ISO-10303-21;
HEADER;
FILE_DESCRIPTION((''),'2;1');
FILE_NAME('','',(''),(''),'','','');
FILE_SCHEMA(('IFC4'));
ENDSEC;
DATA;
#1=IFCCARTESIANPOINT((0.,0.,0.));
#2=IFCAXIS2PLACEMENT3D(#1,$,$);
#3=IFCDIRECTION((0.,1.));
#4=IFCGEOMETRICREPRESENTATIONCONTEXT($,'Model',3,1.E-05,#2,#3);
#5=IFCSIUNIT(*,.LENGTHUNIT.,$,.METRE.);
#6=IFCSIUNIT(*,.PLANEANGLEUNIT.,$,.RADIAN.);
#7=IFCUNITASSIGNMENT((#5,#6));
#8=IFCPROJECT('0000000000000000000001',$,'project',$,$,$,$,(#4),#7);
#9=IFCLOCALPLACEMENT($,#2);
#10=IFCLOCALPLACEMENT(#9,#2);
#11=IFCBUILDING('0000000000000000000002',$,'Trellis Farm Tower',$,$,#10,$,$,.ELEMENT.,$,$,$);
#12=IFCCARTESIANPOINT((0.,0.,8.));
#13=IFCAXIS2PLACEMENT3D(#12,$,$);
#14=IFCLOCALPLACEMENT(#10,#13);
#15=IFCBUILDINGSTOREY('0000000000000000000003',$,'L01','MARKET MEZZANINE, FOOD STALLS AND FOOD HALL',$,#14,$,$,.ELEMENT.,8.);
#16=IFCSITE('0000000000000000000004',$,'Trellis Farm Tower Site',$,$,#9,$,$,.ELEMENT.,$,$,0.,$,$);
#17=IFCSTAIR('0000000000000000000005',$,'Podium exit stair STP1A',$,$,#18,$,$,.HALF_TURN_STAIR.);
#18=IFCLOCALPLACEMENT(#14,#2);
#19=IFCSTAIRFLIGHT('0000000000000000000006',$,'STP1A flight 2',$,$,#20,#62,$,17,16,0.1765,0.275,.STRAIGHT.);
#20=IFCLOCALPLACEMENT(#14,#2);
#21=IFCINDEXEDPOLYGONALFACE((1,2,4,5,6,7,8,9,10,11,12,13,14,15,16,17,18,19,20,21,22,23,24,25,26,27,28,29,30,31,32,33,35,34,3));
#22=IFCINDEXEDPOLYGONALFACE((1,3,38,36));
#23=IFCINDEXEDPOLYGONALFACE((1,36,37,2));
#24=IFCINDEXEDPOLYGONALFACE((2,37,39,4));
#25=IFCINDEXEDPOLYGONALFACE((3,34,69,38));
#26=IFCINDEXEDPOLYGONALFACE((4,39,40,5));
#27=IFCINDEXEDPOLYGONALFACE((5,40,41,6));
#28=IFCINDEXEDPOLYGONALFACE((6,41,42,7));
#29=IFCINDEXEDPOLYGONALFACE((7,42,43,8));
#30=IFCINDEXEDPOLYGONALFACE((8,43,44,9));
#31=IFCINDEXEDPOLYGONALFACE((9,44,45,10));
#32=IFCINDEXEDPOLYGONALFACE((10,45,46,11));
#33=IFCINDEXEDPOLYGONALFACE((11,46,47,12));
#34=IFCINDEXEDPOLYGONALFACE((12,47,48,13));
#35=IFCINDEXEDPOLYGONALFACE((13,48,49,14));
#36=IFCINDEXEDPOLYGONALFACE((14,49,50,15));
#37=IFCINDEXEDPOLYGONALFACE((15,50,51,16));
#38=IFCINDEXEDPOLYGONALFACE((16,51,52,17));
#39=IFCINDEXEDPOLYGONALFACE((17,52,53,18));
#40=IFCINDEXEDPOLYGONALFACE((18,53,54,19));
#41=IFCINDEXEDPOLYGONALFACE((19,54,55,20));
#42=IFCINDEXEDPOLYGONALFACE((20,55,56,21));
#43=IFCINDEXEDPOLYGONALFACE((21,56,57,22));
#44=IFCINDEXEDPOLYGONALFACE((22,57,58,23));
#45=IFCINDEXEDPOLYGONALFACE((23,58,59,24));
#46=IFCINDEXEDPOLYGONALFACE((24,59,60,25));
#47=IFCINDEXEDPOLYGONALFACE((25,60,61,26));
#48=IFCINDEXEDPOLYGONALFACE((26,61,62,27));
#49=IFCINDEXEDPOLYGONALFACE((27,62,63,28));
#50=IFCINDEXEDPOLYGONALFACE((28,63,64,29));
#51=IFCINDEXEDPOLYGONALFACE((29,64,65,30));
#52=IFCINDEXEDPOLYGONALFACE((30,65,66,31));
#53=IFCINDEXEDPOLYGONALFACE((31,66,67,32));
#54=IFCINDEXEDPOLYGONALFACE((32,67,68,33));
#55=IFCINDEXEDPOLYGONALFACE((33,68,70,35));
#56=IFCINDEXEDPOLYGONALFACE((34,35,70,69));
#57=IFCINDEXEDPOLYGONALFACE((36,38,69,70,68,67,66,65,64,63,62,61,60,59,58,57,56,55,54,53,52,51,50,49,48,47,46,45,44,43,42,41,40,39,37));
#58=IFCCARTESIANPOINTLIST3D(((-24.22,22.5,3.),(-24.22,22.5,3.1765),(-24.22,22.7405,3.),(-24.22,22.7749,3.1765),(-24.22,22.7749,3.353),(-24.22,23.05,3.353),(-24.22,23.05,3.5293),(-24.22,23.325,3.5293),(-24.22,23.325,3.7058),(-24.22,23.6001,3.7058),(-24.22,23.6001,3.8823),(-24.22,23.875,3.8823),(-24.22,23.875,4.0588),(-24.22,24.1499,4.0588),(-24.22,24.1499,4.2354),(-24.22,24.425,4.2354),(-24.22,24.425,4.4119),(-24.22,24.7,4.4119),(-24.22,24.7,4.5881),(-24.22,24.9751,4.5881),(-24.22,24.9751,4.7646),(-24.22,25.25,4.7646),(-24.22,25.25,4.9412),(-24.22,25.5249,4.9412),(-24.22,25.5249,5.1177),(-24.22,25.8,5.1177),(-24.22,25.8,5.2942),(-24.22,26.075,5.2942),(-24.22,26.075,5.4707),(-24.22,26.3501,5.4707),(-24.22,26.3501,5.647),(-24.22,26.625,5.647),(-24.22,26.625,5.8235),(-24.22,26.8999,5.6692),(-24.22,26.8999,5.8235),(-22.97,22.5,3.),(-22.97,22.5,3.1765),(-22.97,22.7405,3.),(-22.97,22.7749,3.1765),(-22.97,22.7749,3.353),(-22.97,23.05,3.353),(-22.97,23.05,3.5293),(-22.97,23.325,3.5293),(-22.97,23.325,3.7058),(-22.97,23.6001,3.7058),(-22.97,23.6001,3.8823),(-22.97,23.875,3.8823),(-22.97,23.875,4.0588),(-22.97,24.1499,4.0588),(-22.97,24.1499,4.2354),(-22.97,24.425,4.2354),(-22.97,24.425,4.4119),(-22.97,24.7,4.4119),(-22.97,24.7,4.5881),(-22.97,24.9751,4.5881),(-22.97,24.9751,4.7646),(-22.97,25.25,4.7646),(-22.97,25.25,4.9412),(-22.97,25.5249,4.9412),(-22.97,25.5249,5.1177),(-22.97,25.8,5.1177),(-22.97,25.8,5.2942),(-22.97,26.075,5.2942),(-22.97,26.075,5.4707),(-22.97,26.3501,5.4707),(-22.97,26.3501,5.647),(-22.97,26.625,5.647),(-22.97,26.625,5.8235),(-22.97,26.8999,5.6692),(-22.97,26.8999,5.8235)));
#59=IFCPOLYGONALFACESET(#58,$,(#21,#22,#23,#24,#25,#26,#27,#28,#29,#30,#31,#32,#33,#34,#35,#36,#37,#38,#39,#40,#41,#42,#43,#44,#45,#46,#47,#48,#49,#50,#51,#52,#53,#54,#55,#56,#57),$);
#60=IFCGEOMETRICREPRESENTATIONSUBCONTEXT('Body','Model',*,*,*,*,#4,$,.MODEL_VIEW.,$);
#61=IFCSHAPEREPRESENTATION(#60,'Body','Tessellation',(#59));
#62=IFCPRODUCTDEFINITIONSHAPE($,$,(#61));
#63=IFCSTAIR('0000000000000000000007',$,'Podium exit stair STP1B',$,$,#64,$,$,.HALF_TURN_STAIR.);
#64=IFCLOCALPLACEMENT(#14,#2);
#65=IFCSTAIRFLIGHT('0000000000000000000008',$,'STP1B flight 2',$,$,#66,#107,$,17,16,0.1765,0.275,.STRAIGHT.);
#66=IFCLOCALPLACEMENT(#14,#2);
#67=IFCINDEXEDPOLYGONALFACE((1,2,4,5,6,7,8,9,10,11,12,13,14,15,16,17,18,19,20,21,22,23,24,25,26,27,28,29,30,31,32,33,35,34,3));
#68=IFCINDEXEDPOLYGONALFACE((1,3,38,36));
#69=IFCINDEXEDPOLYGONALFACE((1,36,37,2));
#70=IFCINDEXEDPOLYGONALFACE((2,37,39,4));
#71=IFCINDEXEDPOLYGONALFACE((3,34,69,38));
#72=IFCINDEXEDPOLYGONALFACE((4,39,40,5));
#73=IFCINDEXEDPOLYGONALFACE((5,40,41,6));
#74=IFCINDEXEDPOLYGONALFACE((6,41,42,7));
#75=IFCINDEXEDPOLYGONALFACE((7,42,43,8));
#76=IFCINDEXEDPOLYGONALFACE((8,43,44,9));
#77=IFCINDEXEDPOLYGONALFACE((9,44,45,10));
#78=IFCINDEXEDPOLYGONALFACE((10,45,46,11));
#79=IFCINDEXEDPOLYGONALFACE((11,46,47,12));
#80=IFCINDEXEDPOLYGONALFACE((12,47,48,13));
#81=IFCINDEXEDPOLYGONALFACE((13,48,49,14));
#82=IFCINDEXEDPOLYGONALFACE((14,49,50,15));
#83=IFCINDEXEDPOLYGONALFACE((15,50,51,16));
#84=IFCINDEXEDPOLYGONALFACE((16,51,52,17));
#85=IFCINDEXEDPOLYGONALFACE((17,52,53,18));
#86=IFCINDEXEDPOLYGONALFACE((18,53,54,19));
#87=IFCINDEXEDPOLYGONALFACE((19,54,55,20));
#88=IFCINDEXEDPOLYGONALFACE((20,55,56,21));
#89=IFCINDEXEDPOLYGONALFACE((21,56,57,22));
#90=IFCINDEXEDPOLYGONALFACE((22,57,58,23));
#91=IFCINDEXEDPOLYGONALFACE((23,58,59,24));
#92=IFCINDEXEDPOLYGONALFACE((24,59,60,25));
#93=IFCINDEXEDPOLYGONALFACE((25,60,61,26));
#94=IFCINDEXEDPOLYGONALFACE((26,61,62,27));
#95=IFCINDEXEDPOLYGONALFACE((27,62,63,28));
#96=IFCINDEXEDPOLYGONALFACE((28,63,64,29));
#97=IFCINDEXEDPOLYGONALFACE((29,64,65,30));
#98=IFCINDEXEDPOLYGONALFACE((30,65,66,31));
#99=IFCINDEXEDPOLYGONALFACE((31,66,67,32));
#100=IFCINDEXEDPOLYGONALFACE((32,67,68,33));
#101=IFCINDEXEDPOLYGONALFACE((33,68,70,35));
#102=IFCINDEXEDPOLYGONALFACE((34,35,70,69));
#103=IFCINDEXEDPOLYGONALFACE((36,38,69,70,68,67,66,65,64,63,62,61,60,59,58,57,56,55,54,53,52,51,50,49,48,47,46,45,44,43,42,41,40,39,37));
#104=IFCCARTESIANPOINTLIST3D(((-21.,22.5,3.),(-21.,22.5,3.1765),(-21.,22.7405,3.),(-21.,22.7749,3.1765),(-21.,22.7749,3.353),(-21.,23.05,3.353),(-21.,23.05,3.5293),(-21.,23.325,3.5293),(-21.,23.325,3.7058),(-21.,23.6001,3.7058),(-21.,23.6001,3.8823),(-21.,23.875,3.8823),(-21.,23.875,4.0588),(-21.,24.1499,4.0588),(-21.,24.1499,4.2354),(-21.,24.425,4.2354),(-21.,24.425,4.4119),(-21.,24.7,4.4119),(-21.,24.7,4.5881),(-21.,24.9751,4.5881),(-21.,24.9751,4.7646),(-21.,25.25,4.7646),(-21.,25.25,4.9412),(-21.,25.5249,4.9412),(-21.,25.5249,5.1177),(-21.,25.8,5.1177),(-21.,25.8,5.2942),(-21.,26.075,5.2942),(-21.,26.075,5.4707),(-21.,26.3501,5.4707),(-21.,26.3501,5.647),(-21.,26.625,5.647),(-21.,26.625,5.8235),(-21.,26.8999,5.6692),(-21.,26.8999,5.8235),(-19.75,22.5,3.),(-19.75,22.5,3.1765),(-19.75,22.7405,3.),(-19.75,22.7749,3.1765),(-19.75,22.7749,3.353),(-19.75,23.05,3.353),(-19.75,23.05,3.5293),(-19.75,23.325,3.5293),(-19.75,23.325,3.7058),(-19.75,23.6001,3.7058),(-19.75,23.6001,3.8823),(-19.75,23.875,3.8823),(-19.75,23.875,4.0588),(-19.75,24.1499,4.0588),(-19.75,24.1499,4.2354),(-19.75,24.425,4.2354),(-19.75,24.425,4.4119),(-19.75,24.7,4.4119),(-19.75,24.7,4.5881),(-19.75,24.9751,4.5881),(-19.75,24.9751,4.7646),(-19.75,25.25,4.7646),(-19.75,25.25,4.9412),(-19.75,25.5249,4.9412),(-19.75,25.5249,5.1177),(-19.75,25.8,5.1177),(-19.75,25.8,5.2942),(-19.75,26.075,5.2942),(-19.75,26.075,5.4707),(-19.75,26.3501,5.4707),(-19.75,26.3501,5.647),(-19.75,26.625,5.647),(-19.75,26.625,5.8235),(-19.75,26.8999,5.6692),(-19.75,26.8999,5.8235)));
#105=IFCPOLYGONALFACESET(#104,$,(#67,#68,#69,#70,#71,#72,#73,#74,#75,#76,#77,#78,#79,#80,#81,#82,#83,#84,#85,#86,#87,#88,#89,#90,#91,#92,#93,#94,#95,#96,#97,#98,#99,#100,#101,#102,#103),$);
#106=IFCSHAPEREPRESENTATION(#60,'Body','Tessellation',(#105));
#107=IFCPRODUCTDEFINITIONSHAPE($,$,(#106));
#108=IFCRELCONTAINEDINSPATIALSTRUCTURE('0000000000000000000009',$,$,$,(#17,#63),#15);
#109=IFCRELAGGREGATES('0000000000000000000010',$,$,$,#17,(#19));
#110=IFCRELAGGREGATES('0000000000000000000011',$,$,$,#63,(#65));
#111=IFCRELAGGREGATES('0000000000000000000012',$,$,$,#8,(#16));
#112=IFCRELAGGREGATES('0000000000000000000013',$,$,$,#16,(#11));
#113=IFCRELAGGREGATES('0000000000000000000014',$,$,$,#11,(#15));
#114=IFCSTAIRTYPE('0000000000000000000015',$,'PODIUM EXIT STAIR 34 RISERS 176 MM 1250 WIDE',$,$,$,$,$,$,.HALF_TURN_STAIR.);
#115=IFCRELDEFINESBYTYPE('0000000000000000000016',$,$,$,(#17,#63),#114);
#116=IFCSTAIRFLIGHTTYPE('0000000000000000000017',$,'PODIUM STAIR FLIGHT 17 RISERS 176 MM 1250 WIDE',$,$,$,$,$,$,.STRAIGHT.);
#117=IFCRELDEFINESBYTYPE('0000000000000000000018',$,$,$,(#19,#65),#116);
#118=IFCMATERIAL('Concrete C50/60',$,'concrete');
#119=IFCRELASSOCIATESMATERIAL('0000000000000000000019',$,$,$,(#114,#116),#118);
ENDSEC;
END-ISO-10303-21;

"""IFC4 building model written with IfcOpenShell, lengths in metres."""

from ifc_helpers import new_model, si_unit, direction, frame, origin, place, context, subcontext, project, spatial, polyline, outline, extrude, source, transform, mapped, material, type_object, element, aggregate, save


model = new_model("IFC4")

# Units and contexts
model_context = context("Model", 3, precision=1e-05, world=origin(), true_north=direction((0.0, 1.0)))
body_context = subcontext(model_context, "Body", "Model", "MODEL_VIEW")
ifc_project = project(units=[si_unit("LENGTHUNIT", "METRE"), si_unit("PLANEANGLEUNIT", "RADIAN")], contexts=[model_context])

# Site, building, storey
site_placement = place(None, origin())
site = spatial("IfcSite", under=ifc_project, at=site_placement, Name="Trellis Farm Tower Site", CompositionType="ELEMENT", RefElevation=0.0)
building_placement = place(site_placement, origin())
building = spatial("IfcBuilding", under=site, at=building_placement, Name="Trellis Farm Tower", CompositionType="ELEMENT")
storey_placement = place(building_placement, frame((0.0, 0.0, 8.0)))
storey = spatial("IfcBuildingStorey", under=building, at=storey_placement, Name="L01", Description="MARKET MEZZANINE, FOOD STALLS AND FOOD HALL", CompositionType="ELEMENT", Elevation=8.0)

# Shared definitions
ifc_material_1 = material(Name="Concrete C50/60", Category="concrete")
placement = place(storey_placement, origin())

# Stairs, stair flights
stair_type_1 = type_object("IfcStairType", Name="PODIUM EXIT STAIR 34 RISERS 176 MM 1250 WIDE", PredefinedType="HALF_TURN_STAIR", material=ifc_material_1)
stair_1 = element("IfcStair", 1, at=placement, inside=storey, type_object=stair_type_1, Name="Podium exit stair STP1A", PredefinedType="HALF_TURN_STAIR")
stair_flight_type_1 = type_object("IfcStairFlightType", Name="PODIUM STAIR FLIGHT 17 RISERS 176 MM 1250 WIDE", PredefinedType="STRAIGHT", material=ifc_material_1)
shared_shape_1 = source(origin(), body_context, "Body", "SweptSolid", [
    extrude(outline(polyline([(0.0, 0.0), (0.0, 0.1765), (0.2749, 0.1765), (0.2749, 0.353), (0.55, 0.353), (0.55, 0.5293), (0.825, 0.5293), (0.825, 0.7058), (1.1001, 0.7058), (1.1001, 0.8823), (1.375, 0.8823), (1.375, 1.0588), (1.6499, 1.0588), (1.6499, 1.2354), (1.925, 1.2354), (1.925, 1.4119), (2.2, 1.4119), (2.2, 1.5881), (2.4751, 1.5881), (2.4751, 1.7646), (2.75, 1.7646), (2.75, 1.9412), (3.0249, 1.9412), (3.0249, 2.1177), (3.3, 2.1177), (3.3, 2.2942), (3.575, 2.2942), (3.575, 2.4707), (3.8501, 2.4707), (3.8501, 2.647), (4.125, 2.647), (4.125, 2.8235), (4.3999, 2.8235), (4.3999, 3.0), (4.3999, 2.6692), (0.2405, 0.0), (0.0, 0.0)])), frame((0.0, 0.625, 0.0), z_axis=(0.0, -1.0, 0.0), x_axis=(1.0, 0.0, 0.0)), (0.0, 0.0, 1.0), 1.25),
])
stair_flight_1_placement = place(storey_placement, frame((-23.595, 22.5, 3.0), z_axis=(0.0, 0.0, 1.0), x_axis=(0.0, 1.0, 0.0)))
stair_flight_1 = element("IfcStairFlight", 2, at=stair_flight_1_placement, type_object=stair_flight_type_1, Name="STP1A flight 2", NumberOfRisers=17, NumberOfTreads=16, PredefinedType="STRAIGHT", RiserHeight=0.1765, TreadLength=0.275, context=body_context, shape_type="MappedRepresentation", body=[
    mapped(shared_shape_1, transform((0.0, 0.0, 0.0))),
])
aggregate(stair_1, [stair_flight_1])
stair_2 = element("IfcStair", 3, at=placement, inside=storey, type_object=stair_type_1, Name="Podium exit stair STP1B", PredefinedType="HALF_TURN_STAIR")
stair_flight_2_placement = place(storey_placement, frame((-20.375, 22.5, 3.0), z_axis=(0.0, 0.0, 1.0), x_axis=(0.0, 1.0, 0.0)))
stair_flight_2 = element("IfcStairFlight", 4, at=stair_flight_2_placement, type_object=stair_flight_type_1, Name="STP1B flight 2", NumberOfRisers=17, NumberOfTreads=16, PredefinedType="STRAIGHT", RiserHeight=0.1765, TreadLength=0.275, context=body_context, shape_type="MappedRepresentation", body=[
    mapped(shared_shape_1, transform((0.0, 0.0, 0.0))),
])
aggregate(stair_2, [stair_flight_2])

save(model, "model.ifc")
